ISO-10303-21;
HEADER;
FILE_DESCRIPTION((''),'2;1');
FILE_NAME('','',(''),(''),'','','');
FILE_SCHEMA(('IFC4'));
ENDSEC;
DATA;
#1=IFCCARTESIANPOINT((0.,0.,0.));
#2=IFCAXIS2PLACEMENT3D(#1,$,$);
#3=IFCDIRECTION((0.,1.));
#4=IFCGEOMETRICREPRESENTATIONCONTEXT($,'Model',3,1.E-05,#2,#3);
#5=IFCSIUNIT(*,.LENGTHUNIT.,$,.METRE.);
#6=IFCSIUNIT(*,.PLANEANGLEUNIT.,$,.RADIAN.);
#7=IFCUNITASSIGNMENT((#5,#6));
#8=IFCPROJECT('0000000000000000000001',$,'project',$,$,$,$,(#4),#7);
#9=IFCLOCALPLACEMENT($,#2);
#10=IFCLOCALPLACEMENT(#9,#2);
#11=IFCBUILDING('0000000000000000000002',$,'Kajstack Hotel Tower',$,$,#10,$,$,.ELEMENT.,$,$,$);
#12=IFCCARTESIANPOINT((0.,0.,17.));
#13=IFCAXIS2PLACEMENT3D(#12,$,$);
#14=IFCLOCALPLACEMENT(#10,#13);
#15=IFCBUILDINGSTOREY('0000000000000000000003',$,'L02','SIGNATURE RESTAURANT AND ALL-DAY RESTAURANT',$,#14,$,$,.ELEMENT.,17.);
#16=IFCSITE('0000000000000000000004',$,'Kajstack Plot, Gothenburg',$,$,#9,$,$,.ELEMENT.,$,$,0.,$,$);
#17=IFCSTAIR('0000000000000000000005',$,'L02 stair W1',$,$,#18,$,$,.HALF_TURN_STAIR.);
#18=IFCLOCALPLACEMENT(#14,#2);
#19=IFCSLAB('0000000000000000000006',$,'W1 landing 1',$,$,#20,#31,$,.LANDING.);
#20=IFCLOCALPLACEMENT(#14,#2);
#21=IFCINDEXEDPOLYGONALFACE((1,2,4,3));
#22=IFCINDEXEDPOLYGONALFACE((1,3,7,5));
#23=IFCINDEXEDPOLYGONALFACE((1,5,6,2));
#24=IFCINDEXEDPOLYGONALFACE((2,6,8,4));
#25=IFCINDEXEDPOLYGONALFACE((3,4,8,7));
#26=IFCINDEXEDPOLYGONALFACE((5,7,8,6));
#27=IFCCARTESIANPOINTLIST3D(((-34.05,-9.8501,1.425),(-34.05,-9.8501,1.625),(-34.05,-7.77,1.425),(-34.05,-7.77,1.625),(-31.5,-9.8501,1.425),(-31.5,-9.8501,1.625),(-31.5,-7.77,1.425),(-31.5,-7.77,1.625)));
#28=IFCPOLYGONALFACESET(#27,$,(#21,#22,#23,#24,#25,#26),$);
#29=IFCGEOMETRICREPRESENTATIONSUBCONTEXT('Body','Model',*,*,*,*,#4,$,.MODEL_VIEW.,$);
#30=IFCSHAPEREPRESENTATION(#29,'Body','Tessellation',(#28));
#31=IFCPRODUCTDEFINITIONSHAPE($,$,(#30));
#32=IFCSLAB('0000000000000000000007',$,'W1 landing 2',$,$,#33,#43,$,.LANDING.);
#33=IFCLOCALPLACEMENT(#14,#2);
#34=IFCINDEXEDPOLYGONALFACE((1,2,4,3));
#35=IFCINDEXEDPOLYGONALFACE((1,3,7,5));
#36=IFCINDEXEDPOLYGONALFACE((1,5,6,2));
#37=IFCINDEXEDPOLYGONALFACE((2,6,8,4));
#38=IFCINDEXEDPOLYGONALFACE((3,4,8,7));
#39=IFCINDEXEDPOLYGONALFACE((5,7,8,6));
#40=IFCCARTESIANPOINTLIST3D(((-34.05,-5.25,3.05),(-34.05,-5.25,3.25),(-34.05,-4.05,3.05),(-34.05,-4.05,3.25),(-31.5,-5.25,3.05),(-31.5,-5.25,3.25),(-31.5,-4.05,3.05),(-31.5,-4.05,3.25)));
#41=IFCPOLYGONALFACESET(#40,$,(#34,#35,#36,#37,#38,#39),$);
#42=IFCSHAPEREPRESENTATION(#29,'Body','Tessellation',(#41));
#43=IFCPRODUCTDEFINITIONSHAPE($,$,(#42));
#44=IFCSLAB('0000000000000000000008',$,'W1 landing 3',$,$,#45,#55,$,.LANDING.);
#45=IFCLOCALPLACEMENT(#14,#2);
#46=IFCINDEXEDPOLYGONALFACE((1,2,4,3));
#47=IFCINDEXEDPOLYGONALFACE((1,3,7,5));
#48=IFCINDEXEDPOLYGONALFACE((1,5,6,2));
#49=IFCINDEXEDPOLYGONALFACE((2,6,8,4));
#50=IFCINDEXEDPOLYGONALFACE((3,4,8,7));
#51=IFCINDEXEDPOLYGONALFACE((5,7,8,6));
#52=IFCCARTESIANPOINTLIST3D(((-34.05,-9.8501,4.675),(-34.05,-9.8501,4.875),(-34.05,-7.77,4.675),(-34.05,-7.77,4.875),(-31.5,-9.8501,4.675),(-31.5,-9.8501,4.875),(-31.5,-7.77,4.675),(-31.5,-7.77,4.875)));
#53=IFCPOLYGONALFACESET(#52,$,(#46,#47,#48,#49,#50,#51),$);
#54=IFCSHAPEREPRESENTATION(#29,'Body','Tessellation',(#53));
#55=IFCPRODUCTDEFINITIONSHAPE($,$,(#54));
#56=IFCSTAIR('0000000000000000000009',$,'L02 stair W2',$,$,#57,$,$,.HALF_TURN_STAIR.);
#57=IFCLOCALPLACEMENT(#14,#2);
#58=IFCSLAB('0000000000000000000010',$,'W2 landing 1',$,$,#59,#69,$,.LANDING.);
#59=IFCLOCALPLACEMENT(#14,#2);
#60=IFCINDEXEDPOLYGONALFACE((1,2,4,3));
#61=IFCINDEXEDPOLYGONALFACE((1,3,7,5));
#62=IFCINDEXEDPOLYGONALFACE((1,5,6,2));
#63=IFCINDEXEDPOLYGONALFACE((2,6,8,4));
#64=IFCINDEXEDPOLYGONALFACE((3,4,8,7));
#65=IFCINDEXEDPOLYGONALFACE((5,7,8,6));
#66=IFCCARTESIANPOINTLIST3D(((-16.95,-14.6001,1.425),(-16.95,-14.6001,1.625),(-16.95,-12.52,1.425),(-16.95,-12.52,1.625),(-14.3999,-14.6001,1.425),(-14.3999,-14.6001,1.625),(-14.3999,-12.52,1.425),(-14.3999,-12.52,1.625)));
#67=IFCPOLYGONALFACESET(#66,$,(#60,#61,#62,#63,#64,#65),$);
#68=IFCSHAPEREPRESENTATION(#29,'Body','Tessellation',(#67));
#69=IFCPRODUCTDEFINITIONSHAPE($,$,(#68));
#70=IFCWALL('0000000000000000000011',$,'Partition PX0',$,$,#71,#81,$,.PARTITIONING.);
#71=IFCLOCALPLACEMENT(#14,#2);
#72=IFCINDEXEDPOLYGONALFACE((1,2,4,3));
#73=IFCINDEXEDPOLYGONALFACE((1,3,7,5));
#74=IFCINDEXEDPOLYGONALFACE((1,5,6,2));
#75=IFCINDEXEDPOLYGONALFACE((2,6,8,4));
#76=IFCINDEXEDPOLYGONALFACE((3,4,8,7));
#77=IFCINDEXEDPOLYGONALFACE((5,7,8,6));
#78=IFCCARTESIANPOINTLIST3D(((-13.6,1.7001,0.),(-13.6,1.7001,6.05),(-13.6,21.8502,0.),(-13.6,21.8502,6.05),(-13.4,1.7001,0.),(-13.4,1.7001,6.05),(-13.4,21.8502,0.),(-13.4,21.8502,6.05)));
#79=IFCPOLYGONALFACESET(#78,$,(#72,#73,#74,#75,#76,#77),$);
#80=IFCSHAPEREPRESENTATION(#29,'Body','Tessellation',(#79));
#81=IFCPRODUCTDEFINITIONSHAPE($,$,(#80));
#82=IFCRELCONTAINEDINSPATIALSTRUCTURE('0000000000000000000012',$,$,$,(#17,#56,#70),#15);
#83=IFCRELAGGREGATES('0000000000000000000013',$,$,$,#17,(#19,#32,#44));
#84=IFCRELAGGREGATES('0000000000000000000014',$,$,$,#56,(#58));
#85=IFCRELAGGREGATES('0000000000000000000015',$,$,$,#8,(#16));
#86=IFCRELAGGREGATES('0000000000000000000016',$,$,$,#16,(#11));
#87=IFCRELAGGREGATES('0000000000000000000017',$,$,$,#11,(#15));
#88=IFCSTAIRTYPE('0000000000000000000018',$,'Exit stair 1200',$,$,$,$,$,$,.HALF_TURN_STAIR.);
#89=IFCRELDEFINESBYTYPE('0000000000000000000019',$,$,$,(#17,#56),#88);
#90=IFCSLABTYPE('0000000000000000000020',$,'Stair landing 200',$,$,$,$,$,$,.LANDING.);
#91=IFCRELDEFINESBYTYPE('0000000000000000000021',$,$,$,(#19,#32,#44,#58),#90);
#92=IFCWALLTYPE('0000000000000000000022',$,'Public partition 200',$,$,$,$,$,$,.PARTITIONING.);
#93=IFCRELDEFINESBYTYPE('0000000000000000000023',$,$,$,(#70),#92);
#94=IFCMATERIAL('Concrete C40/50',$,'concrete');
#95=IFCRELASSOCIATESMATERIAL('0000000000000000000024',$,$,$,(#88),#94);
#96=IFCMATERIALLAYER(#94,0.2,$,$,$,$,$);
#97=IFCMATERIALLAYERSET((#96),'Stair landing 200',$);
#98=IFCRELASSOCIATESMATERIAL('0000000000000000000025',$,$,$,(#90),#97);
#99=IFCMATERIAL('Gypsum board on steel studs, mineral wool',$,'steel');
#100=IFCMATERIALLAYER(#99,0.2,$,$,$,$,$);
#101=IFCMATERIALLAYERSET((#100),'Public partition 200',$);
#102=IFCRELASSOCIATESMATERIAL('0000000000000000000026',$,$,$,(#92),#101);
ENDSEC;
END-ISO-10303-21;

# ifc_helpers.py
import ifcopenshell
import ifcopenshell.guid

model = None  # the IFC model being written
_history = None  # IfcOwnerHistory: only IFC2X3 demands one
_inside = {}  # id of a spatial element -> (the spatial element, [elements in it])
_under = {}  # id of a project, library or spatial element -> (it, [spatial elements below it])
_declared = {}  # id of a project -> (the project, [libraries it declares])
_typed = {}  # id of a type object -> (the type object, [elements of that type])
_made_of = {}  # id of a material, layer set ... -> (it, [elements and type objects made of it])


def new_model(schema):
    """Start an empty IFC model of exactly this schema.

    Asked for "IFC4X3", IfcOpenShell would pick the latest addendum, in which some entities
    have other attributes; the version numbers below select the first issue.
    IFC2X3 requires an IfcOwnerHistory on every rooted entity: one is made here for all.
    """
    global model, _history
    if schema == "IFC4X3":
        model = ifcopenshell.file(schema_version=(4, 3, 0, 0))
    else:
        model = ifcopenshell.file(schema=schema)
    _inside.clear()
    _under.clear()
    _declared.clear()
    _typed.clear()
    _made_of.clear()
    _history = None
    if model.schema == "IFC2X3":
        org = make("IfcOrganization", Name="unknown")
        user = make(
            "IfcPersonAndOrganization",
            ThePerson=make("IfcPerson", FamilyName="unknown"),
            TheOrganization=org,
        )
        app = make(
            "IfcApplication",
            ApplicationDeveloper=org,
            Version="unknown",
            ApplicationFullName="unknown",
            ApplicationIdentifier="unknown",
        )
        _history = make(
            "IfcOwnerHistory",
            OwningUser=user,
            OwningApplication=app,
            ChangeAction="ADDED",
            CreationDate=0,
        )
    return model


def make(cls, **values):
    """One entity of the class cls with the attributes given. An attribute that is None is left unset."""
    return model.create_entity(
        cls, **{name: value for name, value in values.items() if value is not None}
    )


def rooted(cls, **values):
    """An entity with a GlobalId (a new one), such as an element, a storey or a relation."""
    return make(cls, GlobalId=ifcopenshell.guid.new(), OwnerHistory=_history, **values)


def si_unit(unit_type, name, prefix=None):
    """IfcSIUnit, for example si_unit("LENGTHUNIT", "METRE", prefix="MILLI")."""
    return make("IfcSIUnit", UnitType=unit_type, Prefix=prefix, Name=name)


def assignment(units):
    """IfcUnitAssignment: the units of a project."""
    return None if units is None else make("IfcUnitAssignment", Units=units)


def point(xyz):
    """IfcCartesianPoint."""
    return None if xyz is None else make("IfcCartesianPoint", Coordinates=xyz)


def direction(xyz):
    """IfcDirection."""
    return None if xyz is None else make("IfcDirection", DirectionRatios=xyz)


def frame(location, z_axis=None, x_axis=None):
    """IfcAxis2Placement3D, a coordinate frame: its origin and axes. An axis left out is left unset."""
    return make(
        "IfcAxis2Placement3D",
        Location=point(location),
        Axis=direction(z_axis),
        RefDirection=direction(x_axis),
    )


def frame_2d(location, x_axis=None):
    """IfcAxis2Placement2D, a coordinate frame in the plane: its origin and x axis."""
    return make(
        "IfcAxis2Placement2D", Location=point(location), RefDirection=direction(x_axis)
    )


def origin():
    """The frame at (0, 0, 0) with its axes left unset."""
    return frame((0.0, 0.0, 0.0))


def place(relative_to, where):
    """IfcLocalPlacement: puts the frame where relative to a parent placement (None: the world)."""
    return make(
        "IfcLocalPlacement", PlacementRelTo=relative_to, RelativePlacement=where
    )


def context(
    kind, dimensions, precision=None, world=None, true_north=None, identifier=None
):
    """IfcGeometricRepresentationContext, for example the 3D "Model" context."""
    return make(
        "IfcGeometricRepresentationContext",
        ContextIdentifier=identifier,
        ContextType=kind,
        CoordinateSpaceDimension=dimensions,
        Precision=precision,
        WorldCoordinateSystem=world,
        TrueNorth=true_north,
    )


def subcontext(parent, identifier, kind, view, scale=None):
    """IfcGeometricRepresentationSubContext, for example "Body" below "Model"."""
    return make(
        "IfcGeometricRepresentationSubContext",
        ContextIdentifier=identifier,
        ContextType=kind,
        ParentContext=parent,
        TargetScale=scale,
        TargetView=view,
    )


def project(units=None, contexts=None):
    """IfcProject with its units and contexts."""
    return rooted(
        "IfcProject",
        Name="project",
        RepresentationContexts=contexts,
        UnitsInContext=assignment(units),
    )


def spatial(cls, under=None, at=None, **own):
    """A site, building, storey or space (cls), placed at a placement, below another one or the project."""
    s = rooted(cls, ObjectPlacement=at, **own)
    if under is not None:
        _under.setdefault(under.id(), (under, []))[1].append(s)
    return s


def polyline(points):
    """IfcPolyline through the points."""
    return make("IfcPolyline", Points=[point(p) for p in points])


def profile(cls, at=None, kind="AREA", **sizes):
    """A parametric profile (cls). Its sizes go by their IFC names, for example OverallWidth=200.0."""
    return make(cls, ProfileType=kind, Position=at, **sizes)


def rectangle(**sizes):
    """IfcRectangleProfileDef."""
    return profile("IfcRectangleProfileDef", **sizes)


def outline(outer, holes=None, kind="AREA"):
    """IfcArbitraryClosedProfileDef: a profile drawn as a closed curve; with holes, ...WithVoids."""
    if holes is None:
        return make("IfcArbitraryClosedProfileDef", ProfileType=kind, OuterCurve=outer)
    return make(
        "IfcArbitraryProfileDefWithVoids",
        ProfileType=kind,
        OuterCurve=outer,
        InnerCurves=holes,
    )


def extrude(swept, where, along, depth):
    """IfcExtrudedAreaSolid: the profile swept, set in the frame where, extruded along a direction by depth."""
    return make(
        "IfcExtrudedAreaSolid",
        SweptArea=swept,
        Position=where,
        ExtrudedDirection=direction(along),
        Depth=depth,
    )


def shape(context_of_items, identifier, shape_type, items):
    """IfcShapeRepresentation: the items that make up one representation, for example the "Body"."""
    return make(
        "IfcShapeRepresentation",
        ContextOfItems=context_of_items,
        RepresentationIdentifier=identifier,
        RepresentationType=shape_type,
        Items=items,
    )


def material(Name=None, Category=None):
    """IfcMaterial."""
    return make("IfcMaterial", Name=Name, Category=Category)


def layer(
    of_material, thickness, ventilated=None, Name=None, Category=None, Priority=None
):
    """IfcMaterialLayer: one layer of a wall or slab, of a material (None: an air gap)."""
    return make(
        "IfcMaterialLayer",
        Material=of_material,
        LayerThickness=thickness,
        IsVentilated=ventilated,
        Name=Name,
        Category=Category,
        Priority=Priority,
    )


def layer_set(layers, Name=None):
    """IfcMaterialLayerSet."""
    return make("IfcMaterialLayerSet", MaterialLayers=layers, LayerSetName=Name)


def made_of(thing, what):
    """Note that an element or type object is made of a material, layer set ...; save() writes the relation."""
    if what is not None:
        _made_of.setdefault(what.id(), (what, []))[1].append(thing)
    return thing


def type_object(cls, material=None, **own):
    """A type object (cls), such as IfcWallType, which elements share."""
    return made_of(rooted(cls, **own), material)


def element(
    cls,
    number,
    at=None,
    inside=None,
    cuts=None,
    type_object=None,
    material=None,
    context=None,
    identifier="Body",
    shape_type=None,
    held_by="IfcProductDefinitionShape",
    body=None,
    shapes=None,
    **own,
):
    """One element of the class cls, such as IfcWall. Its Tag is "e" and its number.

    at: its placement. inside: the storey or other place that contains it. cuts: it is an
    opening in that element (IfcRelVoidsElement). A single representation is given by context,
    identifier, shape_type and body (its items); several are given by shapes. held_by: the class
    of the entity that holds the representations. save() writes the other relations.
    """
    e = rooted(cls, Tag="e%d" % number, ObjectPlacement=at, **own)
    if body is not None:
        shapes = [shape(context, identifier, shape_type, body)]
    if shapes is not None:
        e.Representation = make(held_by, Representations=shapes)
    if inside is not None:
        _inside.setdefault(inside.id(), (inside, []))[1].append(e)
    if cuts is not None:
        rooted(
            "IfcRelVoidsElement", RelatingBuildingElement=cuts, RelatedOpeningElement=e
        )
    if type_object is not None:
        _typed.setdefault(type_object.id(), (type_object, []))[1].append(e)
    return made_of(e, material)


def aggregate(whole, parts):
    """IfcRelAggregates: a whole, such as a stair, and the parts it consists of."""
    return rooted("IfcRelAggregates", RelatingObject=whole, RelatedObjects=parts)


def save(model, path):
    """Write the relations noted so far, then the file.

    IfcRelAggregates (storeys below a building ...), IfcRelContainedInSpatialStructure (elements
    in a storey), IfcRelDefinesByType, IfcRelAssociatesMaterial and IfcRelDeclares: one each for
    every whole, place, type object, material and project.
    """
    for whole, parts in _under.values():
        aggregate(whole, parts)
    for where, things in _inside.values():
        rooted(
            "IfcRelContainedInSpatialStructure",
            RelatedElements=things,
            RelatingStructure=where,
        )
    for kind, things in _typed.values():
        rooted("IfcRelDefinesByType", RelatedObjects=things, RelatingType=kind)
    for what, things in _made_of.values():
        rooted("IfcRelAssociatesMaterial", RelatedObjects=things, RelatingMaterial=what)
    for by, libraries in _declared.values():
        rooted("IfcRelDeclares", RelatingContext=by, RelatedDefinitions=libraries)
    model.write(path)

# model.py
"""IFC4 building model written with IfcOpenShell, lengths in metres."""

from ifc_helpers import new_model, si_unit, direction, frame, frame_2d, origin, place, context, subcontext, project, spatial, polyline, rectangle, outline, extrude, material, layer, layer_set, type_object, element, aggregate, save


model = new_model("IFC4")

# Units and contexts
model_context = context("Model", 3, precision=1e-05, world=origin(), true_north=direction((0.0, 1.0)))
body_context = subcontext(model_context, "Body", "Model", "MODEL_VIEW")
ifc_project = project(units=[si_unit("LENGTHUNIT", "METRE"), si_unit("PLANEANGLEUNIT", "RADIAN")], contexts=[model_context])

# Site, building, storey
site_placement = place(None, origin())
site = spatial("IfcSite", under=ifc_project, at=site_placement, Name="Kajstack Plot, Gothenburg", CompositionType="ELEMENT", RefElevation=0.0)
building_placement = place(site_placement, origin())
building = spatial("IfcBuilding", under=site, at=building_placement, Name="Kajstack Hotel Tower", CompositionType="ELEMENT")
storey_placement = place(building_placement, frame((0.0, 0.0, 17.0)))
storey = spatial("IfcBuildingStorey", under=building, at=storey_placement, Name="L02", Description="SIGNATURE RESTAURANT AND ALL-DAY RESTAURANT", CompositionType="ELEMENT", Elevation=17.0)

# Stair, slabs
ifc_material_1 = material(Name="Concrete C40/50", Category="concrete")
stair_type = type_object("IfcStairType", Name="Exit stair 1200", PredefinedType="HALF_TURN_STAIR", material=ifc_material_1)
stair_1_placement = place(storey_placement, origin())
stair_1 = element("IfcStair", 1, at=stair_1_placement, inside=storey, type_object=stair_type, Name="L02 stair W1", PredefinedType="HALF_TURN_STAIR")
ifc_layer_1 = layer(ifc_material_1, 0.2)
ifc_layer_set_1 = layer_set([ifc_layer_1], Name="Stair landing 200")
slab_type_1 = type_object("IfcSlabType", Name="Stair landing 200", PredefinedType="LANDING", material=ifc_layer_set_1)
slab_1_placement = place(storey_placement, frame((0.0, 0.0, 1.425)))
slab_1 = element("IfcSlab", 2, at=slab_1_placement, type_object=slab_type_1, Name="W1 landing 1", PredefinedType="LANDING", context=body_context, shape_type="SweptSolid", body=[
    extrude(outline(polyline([(-34.05, -7.77), (-34.05, -9.8501), (-31.5, -9.8501), (-31.5, -7.77), (-34.05, -7.77)])), origin(), (0.0, 0.0, 1.0), 0.2),
])
slab_2_placement = place(storey_placement, frame((0.0, 0.0, 3.05)))
slab_2 = element("IfcSlab", 3, at=slab_2_placement, type_object=slab_type_1, Name="W1 landing 2", PredefinedType="LANDING", context=body_context, shape_type="SweptSolid", body=[
    extrude(outline(polyline([(-34.05, -4.05), (-34.05, -5.25), (-31.5, -5.25), (-31.5, -4.05), (-34.05, -4.05)])), origin(), (0.0, 0.0, 1.0), 0.2),
])
slab_3_placement = place(storey_placement, frame((0.0, 0.0, 4.675)))
slab_3 = element("IfcSlab", 4, at=slab_3_placement, type_object=slab_type_1, Name="W1 landing 3", PredefinedType="LANDING", context=body_context, shape_type="SweptSolid", body=[
    extrude(outline(polyline([(-34.05, -7.77), (-34.05, -9.8501), (-31.5, -9.8501), (-31.5, -7.77), (-34.05, -7.77)])), origin(), (0.0, 0.0, 1.0), 0.2),
])
aggregate(stair_1, [slab_1, slab_2, slab_3])

# Stair, slab
stair_2_placement = place(storey_placement, origin())
stair_2 = element("IfcStair", 5, at=stair_2_placement, inside=storey, type_object=stair_type, Name="L02 stair W2", PredefinedType="HALF_TURN_STAIR")
slab_4_placement = place(storey_placement, frame((0.0, 0.0, 1.425)))
slab_4 = element("IfcSlab", 6, at=slab_4_placement, type_object=slab_type_1, Name="W2 landing 1", PredefinedType="LANDING", context=body_context, shape_type="SweptSolid", body=[
    extrude(outline(polyline([(-16.95, -12.52), (-16.95, -14.6001), (-14.3999, -14.6001), (-14.3999, -12.52), (-16.95, -12.52)])), origin(), (0.0, 0.0, 1.0), 0.2),
])
aggregate(stair_2, [slab_4])

# Wall
ifc_material_2 = material(Name="Gypsum board on steel studs, mineral wool", Category="steel")
ifc_layer_2 = layer(ifc_material_2, 0.2)
ifc_layer_set_2 = layer_set([ifc_layer_2], Name="Public partition 200")
wall_type = type_object("IfcWallType", Name="Public partition 200", PredefinedType="PARTITIONING", material=ifc_layer_set_2)
wall_1_placement = place(storey_placement, frame((-13.5, 1.7, 0.0), z_axis=(0.0, 0.0, 1.0), x_axis=(0.0, 1.0, 0.0)))
element("IfcWall", 7, at=wall_1_placement, inside=storey, type_object=wall_type, Name="Partition PX0", PredefinedType="PARTITIONING", context=body_context, shape_type="SweptSolid", body=[
    extrude(rectangle(XDim=20.1501, YDim=0.2, at=frame_2d((10.0752, 0.0))), origin(), (0.0, 0.0, 1.0), 6.05),
])

save(model, "model.ifc")
